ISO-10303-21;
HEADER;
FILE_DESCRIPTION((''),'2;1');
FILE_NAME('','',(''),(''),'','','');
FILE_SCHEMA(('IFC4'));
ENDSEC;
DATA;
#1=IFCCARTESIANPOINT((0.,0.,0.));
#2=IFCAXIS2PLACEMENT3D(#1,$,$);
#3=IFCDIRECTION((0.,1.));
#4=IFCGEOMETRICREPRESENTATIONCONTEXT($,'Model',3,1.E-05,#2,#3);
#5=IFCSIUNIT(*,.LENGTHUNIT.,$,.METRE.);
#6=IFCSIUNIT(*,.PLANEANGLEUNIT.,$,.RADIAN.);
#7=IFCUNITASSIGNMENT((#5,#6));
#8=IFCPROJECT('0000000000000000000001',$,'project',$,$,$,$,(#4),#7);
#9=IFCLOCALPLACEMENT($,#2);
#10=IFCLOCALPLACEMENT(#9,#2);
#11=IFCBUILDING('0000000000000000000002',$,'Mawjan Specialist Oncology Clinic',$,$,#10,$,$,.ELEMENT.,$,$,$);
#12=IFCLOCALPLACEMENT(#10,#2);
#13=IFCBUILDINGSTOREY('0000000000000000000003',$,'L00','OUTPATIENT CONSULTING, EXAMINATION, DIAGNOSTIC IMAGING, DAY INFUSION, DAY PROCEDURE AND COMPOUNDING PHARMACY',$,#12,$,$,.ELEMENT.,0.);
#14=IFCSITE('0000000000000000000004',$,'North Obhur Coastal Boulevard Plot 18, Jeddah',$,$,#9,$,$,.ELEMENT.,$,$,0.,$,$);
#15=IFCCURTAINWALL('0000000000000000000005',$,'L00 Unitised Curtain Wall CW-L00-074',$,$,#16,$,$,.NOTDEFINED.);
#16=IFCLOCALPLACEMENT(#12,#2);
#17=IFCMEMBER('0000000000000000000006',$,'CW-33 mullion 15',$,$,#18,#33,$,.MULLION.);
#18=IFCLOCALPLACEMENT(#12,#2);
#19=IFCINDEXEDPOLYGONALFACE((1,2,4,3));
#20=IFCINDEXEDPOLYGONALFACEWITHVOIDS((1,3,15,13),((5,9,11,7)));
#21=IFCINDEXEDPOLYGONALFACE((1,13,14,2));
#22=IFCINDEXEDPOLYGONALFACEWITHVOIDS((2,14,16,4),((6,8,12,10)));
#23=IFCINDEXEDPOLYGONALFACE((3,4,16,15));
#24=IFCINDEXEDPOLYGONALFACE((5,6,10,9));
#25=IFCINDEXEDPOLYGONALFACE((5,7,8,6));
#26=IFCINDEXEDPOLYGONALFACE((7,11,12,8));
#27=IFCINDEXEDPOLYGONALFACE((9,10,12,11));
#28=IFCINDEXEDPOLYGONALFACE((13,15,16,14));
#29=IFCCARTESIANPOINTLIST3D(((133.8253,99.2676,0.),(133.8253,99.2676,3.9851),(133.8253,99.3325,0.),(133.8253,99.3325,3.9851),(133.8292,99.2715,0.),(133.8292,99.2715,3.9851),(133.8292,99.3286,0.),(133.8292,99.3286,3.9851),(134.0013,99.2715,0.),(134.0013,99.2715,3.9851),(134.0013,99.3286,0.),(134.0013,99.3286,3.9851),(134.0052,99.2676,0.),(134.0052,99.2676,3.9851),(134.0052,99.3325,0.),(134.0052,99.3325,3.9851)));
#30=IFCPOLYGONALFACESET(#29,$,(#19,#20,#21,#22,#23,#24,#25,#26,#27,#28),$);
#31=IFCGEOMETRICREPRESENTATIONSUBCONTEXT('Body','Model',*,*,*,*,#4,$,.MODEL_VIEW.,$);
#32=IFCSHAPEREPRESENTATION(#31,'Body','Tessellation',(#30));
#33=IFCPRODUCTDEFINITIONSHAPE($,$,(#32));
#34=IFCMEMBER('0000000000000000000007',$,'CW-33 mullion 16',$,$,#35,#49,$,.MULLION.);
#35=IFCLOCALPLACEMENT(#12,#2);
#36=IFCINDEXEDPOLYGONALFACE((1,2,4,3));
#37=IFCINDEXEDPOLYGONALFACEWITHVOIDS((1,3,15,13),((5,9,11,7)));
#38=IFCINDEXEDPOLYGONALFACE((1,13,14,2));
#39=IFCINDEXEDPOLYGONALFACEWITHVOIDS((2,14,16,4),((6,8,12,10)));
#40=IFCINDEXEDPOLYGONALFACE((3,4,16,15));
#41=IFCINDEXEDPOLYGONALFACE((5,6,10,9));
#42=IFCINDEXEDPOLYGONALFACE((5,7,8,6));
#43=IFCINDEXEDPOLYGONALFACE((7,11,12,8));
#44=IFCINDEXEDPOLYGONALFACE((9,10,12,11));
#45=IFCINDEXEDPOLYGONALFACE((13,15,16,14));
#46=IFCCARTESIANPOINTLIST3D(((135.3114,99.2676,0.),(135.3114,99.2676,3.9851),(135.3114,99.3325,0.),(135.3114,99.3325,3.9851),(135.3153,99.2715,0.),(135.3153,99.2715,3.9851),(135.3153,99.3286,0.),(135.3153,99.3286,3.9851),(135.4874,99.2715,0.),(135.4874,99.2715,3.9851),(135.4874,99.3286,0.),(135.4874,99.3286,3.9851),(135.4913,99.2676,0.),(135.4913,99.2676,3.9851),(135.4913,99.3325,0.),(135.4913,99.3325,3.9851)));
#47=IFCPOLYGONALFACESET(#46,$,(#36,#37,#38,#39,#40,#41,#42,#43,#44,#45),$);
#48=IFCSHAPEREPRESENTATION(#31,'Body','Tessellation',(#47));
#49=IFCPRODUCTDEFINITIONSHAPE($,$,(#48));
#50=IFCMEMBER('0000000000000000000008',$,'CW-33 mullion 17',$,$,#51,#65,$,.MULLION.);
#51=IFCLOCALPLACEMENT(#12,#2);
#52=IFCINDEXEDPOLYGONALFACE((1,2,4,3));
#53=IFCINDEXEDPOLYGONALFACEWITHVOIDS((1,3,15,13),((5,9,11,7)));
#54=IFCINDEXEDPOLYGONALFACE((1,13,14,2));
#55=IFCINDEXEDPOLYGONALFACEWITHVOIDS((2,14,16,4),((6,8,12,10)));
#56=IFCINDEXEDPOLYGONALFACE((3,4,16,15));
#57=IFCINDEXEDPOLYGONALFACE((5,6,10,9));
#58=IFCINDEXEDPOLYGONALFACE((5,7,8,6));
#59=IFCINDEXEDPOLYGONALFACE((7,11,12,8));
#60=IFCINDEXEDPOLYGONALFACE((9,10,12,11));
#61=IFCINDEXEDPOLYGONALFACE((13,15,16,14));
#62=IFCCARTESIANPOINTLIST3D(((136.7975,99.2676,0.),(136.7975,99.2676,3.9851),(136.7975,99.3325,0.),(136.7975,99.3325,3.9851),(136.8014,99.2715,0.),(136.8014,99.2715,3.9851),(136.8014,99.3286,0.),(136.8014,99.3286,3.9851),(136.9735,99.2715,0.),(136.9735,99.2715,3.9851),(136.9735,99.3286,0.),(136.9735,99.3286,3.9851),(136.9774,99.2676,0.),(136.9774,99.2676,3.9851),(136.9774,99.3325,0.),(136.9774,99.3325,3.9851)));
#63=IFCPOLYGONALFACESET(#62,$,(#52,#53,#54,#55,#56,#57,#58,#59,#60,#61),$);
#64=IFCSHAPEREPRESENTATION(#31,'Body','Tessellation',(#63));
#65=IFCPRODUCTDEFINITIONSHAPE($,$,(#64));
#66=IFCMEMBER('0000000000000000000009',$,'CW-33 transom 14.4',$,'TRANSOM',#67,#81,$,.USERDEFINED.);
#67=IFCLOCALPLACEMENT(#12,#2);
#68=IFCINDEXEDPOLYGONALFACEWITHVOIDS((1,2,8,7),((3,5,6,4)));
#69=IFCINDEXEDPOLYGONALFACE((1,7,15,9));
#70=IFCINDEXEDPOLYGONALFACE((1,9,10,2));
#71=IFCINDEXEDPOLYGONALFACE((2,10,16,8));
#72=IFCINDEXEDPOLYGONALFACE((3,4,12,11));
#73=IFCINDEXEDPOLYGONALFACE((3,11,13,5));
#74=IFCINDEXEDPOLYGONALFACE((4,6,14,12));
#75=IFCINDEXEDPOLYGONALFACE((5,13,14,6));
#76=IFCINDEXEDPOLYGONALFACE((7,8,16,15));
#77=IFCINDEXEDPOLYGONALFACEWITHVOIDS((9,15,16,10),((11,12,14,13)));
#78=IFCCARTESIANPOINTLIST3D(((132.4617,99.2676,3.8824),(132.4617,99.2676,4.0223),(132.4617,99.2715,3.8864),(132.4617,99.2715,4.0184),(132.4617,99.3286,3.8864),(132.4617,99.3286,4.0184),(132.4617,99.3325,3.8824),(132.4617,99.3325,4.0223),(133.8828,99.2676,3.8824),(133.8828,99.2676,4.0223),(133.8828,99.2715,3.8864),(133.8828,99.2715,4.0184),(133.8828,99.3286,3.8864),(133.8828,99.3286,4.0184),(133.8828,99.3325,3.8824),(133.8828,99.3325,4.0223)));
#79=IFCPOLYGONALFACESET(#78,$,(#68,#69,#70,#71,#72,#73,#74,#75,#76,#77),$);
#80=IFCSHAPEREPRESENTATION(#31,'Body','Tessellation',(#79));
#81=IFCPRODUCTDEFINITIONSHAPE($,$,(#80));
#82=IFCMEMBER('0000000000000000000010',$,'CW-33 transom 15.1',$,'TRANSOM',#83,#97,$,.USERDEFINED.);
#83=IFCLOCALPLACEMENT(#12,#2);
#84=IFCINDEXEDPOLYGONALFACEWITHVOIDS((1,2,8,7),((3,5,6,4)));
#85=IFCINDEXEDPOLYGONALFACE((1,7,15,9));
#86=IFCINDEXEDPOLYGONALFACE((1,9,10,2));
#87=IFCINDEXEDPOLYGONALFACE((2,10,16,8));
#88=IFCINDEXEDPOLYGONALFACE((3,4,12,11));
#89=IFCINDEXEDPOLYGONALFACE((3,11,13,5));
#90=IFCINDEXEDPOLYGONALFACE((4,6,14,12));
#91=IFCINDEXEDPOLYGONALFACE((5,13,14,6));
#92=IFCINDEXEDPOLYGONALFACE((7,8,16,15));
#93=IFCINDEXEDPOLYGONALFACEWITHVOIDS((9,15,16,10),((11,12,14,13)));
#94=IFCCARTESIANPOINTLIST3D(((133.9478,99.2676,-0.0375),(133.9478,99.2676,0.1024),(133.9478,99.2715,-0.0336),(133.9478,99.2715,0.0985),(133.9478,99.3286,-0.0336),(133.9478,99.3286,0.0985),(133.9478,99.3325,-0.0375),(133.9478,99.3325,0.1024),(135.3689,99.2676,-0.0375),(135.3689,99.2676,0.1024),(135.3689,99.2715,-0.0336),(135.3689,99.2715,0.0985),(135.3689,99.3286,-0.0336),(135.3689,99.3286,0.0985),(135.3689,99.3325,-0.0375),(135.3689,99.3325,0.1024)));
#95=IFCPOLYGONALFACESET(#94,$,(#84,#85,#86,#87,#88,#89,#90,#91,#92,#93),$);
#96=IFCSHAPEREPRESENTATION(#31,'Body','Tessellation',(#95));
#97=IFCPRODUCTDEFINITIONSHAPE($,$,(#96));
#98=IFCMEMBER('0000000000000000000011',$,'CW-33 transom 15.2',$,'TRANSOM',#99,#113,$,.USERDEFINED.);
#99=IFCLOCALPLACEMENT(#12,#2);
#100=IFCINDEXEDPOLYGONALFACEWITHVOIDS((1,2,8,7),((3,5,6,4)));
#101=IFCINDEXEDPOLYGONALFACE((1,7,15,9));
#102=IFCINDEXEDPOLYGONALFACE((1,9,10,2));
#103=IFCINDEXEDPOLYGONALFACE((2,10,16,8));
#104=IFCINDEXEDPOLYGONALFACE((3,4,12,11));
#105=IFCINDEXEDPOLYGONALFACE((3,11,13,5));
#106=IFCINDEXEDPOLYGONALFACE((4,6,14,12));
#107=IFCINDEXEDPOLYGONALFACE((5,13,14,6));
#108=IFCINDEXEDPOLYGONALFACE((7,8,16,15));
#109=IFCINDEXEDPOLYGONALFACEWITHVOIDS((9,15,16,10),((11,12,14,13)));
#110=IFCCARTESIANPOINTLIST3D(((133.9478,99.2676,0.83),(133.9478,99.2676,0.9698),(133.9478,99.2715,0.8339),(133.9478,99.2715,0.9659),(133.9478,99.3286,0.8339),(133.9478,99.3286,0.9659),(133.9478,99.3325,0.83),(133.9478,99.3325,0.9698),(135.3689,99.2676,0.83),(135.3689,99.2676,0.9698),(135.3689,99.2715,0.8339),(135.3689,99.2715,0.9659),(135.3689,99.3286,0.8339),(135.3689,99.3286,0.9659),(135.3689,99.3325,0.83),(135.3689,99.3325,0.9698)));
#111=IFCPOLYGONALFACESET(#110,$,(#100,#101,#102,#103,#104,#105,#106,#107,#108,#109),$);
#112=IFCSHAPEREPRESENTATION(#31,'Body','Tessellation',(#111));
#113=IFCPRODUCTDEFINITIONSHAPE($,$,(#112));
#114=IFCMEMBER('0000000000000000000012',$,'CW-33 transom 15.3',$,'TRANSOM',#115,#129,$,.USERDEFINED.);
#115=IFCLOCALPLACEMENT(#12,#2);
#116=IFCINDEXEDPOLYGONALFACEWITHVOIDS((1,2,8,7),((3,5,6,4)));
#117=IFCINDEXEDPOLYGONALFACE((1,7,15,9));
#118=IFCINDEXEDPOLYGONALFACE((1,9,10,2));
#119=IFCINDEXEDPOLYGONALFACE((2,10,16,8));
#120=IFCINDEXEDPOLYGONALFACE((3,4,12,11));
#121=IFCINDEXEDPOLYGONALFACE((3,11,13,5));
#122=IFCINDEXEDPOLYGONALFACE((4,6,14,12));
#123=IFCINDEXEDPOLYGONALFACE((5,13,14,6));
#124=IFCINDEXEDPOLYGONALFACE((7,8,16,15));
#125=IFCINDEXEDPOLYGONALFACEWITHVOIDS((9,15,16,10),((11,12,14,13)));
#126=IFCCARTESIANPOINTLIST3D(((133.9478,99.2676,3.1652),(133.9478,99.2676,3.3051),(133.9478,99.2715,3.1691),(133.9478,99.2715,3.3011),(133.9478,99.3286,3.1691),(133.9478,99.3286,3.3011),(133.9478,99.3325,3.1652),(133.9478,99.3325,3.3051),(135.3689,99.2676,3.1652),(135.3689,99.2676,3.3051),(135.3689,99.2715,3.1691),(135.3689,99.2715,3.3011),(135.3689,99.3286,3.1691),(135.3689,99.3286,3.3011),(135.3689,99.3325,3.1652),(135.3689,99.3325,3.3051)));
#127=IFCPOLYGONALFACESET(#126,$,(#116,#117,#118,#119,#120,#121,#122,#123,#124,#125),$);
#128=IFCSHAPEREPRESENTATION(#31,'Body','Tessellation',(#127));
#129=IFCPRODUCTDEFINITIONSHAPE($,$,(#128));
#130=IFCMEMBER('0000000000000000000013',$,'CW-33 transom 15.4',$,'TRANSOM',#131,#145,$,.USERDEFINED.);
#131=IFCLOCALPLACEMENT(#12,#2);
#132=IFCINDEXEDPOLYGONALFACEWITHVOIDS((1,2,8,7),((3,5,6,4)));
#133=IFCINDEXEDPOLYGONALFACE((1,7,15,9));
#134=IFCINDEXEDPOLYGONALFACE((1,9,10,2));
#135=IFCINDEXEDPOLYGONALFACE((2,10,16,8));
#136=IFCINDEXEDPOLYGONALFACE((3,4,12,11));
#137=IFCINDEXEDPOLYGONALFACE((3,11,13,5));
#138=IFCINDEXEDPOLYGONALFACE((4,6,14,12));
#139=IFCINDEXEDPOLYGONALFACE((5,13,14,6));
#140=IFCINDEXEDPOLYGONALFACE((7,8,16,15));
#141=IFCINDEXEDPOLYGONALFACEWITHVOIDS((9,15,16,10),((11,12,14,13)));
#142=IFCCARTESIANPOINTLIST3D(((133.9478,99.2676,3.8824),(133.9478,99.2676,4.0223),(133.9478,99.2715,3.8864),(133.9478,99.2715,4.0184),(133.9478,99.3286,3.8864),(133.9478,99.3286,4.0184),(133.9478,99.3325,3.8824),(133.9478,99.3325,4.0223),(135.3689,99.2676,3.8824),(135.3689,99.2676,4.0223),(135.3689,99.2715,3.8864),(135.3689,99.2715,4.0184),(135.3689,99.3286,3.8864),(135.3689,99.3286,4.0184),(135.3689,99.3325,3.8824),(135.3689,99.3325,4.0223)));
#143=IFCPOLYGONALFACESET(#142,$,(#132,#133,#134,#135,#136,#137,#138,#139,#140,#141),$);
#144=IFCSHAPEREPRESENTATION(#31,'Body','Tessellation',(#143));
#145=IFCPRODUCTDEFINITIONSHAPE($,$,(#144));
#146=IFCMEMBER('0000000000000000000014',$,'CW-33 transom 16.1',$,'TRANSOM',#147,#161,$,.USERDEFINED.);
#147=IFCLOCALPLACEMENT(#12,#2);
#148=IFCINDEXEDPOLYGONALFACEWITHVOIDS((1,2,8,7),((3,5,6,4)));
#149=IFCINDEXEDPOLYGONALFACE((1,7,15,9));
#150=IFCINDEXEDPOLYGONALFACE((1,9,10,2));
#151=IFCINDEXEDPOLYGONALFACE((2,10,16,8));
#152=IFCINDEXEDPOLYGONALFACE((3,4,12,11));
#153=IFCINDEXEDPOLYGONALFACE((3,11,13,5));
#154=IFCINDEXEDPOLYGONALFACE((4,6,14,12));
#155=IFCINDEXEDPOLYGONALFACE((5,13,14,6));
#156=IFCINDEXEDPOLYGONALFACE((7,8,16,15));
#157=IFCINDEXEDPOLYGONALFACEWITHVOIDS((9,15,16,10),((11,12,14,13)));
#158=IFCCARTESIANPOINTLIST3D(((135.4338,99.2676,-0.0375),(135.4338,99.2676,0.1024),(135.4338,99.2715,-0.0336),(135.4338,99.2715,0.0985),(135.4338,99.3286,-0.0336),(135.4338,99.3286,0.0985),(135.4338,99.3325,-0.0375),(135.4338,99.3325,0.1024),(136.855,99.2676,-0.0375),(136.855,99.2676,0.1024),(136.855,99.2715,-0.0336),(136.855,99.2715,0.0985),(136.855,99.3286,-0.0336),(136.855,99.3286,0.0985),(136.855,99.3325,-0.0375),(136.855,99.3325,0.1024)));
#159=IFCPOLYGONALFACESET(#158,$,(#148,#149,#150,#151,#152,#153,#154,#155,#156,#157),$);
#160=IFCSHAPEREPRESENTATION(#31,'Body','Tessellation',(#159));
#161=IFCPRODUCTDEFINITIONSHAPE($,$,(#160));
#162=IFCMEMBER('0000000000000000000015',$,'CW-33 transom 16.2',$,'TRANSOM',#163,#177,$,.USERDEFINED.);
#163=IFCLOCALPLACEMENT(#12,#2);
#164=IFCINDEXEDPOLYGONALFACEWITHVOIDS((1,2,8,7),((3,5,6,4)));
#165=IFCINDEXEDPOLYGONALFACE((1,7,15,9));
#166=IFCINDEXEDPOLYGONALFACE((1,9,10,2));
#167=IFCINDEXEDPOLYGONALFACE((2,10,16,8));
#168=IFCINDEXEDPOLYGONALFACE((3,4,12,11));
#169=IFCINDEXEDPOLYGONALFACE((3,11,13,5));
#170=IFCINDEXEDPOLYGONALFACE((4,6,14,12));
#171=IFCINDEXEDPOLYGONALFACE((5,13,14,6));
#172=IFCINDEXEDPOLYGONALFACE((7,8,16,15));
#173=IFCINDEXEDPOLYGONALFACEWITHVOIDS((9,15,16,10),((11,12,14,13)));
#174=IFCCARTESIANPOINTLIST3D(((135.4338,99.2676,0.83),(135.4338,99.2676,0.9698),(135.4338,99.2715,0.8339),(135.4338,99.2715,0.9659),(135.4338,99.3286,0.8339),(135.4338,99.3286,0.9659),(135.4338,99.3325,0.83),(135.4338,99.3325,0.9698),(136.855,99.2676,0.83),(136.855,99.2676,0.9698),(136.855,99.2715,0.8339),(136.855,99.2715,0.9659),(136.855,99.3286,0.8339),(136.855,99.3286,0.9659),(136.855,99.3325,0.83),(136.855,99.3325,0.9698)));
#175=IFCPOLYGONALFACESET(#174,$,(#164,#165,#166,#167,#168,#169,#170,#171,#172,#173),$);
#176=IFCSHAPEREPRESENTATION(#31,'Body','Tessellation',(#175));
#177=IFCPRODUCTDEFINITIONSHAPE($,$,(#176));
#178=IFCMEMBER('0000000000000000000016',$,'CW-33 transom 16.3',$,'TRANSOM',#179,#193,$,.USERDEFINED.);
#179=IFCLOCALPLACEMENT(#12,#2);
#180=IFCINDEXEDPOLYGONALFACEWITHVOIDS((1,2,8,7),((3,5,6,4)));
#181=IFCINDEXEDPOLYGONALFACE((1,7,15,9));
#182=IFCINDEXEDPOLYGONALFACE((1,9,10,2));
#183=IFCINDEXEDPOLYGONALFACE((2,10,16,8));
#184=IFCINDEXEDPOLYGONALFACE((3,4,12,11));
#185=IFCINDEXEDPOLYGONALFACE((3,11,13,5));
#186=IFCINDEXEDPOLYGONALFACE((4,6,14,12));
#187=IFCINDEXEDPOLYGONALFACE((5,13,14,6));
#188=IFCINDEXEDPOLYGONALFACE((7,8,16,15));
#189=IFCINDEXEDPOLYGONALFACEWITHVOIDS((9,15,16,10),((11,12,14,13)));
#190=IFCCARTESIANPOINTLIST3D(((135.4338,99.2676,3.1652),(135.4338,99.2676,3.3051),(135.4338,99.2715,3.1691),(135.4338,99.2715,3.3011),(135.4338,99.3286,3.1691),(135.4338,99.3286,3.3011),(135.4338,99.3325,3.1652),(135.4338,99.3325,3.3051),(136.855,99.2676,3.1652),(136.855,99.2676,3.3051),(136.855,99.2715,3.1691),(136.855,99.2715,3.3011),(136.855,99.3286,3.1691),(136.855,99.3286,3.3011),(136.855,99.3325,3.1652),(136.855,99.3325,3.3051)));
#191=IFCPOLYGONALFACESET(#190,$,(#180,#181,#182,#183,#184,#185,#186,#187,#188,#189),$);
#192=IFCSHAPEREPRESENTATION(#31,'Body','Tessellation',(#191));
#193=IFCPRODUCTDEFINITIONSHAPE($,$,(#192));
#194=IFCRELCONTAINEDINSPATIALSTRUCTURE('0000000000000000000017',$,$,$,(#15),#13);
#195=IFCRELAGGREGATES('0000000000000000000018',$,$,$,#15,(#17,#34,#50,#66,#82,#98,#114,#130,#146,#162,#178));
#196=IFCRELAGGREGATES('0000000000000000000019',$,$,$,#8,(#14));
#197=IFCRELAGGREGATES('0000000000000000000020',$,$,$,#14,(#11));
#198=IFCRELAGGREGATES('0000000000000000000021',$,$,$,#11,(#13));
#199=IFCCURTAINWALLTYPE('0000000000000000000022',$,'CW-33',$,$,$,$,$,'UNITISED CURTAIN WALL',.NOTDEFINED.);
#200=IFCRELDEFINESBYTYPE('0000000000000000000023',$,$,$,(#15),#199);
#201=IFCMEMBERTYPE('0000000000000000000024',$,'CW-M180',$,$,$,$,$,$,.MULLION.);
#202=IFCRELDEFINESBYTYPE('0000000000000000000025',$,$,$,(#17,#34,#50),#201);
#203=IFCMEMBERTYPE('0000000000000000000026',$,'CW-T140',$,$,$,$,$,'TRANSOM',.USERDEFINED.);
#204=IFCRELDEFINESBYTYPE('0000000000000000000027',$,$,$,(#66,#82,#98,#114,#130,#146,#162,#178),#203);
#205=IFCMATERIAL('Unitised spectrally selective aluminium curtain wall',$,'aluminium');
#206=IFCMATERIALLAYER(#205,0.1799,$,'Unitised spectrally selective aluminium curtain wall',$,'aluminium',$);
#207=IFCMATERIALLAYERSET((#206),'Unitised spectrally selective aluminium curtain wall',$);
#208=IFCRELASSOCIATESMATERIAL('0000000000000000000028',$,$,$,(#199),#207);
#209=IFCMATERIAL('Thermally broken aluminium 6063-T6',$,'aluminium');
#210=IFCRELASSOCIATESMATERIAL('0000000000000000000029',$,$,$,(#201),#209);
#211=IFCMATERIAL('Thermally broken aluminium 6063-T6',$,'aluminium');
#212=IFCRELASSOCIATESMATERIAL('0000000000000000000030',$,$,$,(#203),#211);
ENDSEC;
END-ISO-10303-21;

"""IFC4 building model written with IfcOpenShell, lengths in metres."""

from ifc_helpers import new_model, si_unit, direction, frame, origin, origin_2d, place, context, subcontext, project, spatial, hollow_rectangle, extrude, material, layer, layer_set, material_profile, profile_set, type_object, element, aggregate, save


model = new_model("IFC4")

# Units and contexts
model_context = context("Model", 3, precision=1e-05, world=origin(), true_north=direction((0.0, 1.0)))
body_context = subcontext(model_context, "Body", "Model", "MODEL_VIEW")
ifc_project = project(units=[si_unit("LENGTHUNIT", "METRE"), si_unit("PLANEANGLEUNIT", "RADIAN")], contexts=[model_context])

# Site, building, storey
site_placement = place(None, origin())
site = spatial("IfcSite", under=ifc_project, at=site_placement, Name="North Obhur Coastal Boulevard Plot 18, Jeddah", CompositionType="ELEMENT", RefElevation=0.0)
building_placement = place(site_placement, origin())
building = spatial("IfcBuilding", under=site, at=building_placement, Name="Mawjan Specialist Oncology Clinic", CompositionType="ELEMENT")
storey_placement = place(building_placement, origin())
storey = spatial("IfcBuildingStorey", under=building, at=storey_placement, Name="L00", Description="OUTPATIENT CONSULTING, EXAMINATION, DIAGNOSTIC IMAGING, DAY INFUSION, DAY PROCEDURE AND COMPOUNDING PHARMACY", CompositionType="ELEMENT", Elevation=0.0)

# Curtain wall, members
ifc_material_1 = material(Name="Unitised spectrally selective aluminium curtain wall", Category="aluminium")
ifc_layer_1 = layer(ifc_material_1, 0.1799, Name="Unitised spectrally selective aluminium curtain wall", Category="aluminium")
ifc_layer_set_1 = layer_set([ifc_layer_1], Name="Unitised spectrally selective aluminium curtain wall")
curtain_wall_type = type_object("IfcCurtainWallType", Name="CW-33", ElementType="UNITISED CURTAIN WALL", PredefinedType="NOTDEFINED", material=ifc_layer_set_1)
curtain_wall_placement = place(storey_placement, origin())
curtain_wall = element("IfcCurtainWall", 1, at=curtain_wall_placement, inside=storey, type_object=curtain_wall_type, Name="L00 Unitised Curtain Wall CW-L00-074", PredefinedType="NOTDEFINED")
ifc_material_2 = material(Name="Thermally broken aluminium 6063-T6", Category="aluminium")
ifc_material_profile_1 = material_profile(ifc_material_2, hollow_rectangle(XDim=0.0649, YDim=0.1799, WallThickness=0.0039, at=origin_2d()), Name="ALU MULLION 180x65x4", Category="aluminium")
ifc_profile_set_1 = profile_set([ifc_material_profile_1], Name="Thermally broken aluminium 6063-T6")
member_type_1 = type_object("IfcMemberType", Name="CW-M180", PredefinedType="MULLION", material=ifc_profile_set_1)
member_1_placement = place(storey_placement, frame((133.9153, 99.3, 0.0), z_axis=(0.0, 0.0, 1.0), x_axis=(0.0, 1.0, 0.0)))
member_1 = element("IfcMember", 2, at=member_1_placement, type_object=member_type_1, Name="CW-33 mullion 15", PredefinedType="MULLION", context=body_context, shape_type="SweptSolid", body=[
    extrude(hollow_rectangle(XDim=0.0649, YDim=0.1799, WallThickness=0.0039, at=origin_2d()), origin(), (0.0, 0.0, 1.0), 3.9851),
])
member_2_placement = place(storey_placement, frame((135.4014, 99.3, 0.0), z_axis=(0.0, 0.0, 1.0), x_axis=(0.0, 1.0, 0.0)))
member_2 = element("IfcMember", 3, at=member_2_placement, type_object=member_type_1, Name="CW-33 mullion 16", PredefinedType="MULLION", context=body_context, shape_type="SweptSolid", body=[
    extrude(hollow_rectangle(XDim=0.0649, YDim=0.1799, WallThickness=0.0039, at=origin_2d()), origin(), (0.0, 0.0, 1.0), 3.9851),
])
member_3_placement = place(storey_placement, frame((136.8875, 99.3, 0.0), z_axis=(0.0, 0.0, 1.0), x_axis=(0.0, 1.0, 0.0)))
member_3 = element("IfcMember", 4, at=member_3_placement, type_object=member_type_1, Name="CW-33 mullion 17", PredefinedType="MULLION", context=body_context, shape_type="SweptSolid", body=[
    extrude(hollow_rectangle(XDim=0.0649, YDim=0.1799, WallThickness=0.0039, at=origin_2d()), origin(), (0.0, 0.0, 1.0), 3.9851),
])
ifc_material_3 = material(Name="Thermally broken aluminium 6063-T6", Category="aluminium")
ifc_material_profile_2 = material_profile(ifc_material_3, hollow_rectangle(XDim=0.0649, YDim=0.1399, WallThickness=0.0039, at=origin_2d()), Name="ALU TRANSOM 140x65x4", Category="aluminium")
ifc_profile_set_2 = profile_set([ifc_material_profile_2], Name="Thermally broken aluminium 6063-T6")
member_type_2 = type_object("IfcMemberType", Name="CW-T140", ElementType="TRANSOM", PredefinedType="USERDEFINED", material=ifc_profile_set_2)
member_4_placement = place(storey_placement, frame((132.4617, 99.3, 3.9524), z_axis=(1.0, 0.0, 0.0), x_axis=(0.0, 1.0, 0.0)))
member_4 = element("IfcMember", 5, at=member_4_placement, type_object=member_type_2, Name="CW-33 transom 14.4", ObjectType="TRANSOM", PredefinedType="USERDEFINED", context=body_context, shape_type="SweptSolid", body=[
    extrude(hollow_rectangle(XDim=0.0649, YDim=0.1399, WallThickness=0.0039, at=origin_2d()), origin(), (0.0, 0.0, 1.0), 1.4211),
])
member_5_placement = place(storey_placement, frame((133.9478, 99.3, 0.0325), z_axis=(1.0, 0.0, 0.0), x_axis=(0.0, 1.0, 0.0)))
member_5 = element("IfcMember", 6, at=member_5_placement, type_object=member_type_2, Name="CW-33 transom 15.1", ObjectType="TRANSOM", PredefinedType="USERDEFINED", context=body_context, shape_type="SweptSolid", body=[
    extrude(hollow_rectangle(XDim=0.0649, YDim=0.1399, WallThickness=0.0039, at=origin_2d()), origin(), (0.0, 0.0, 1.0), 1.4211),
])
member_6_placement = place(storey_placement, frame((133.9478, 99.3, 0.8999), z_axis=(1.0, 0.0, 0.0), x_axis=(0.0, 1.0, 0.0)))
member_6 = element("IfcMember", 7, at=member_6_placement, type_object=member_type_2, Name="CW-33 transom 15.2", ObjectType="TRANSOM", PredefinedType="USERDEFINED", context=body_context, shape_type="SweptSolid", body=[
    extrude(hollow_rectangle(XDim=0.0649, YDim=0.1399, WallThickness=0.0039, at=origin_2d()), origin(), (0.0, 0.0, 1.0), 1.4211),
])
member_7_placement = place(storey_placement, frame((133.9478, 99.3, 3.2351), z_axis=(1.0, 0.0, 0.0), x_axis=(0.0, 1.0, 0.0)))
member_7 = element("IfcMember", 8, at=member_7_placement, type_object=member_type_2, Name="CW-33 transom 15.3", ObjectType="TRANSOM", PredefinedType="USERDEFINED", context=body_context, shape_type="SweptSolid", body=[
    extrude(hollow_rectangle(XDim=0.0649, YDim=0.1399, WallThickness=0.0039, at=origin_2d()), origin(), (0.0, 0.0, 1.0), 1.4211),
])
member_8_placement = place(storey_placement, frame((133.9478, 99.3, 3.9524), z_axis=(1.0, 0.0, 0.0), x_axis=(0.0, 1.0, 0.0)))
member_8 = element("IfcMember", 9, at=member_8_placement, type_object=member_type_2, Name="CW-33 transom 15.4", ObjectType="TRANSOM", PredefinedType="USERDEFINED", context=body_context, shape_type="SweptSolid", body=[
    extrude(hollow_rectangle(XDim=0.0649, YDim=0.1399, WallThickness=0.0039, at=origin_2d()), origin(), (0.0, 0.0, 1.0), 1.4211),
])
member_9_placement = place(storey_placement, frame((135.4338, 99.3, 0.0325), z_axis=(1.0, 0.0, 0.0), x_axis=(0.0, 1.0, 0.0)))
member_9 = element("IfcMember", 10, at=member_9_placement, type_object=member_type_2, Name="CW-33 transom 16.1", ObjectType="TRANSOM", PredefinedType="USERDEFINED", context=body_context, shape_type="SweptSolid", body=[
    extrude(hollow_rectangle(XDim=0.0649, YDim=0.1399, WallThickness=0.0039, at=origin_2d()), origin(), (0.0, 0.0, 1.0), 1.4211),
])
member_10_placement = place(storey_placement, frame((135.4338, 99.3, 0.8999), z_axis=(1.0, 0.0, 0.0), x_axis=(0.0, 1.0, 0.0)))
member_10 = element("IfcMember", 11, at=member_10_placement, type_object=member_type_2, Name="CW-33 transom 16.2", ObjectType="TRANSOM", PredefinedType="USERDEFINED", context=body_context, shape_type="SweptSolid", body=[
    extrude(hollow_rectangle(XDim=0.0649, YDim=0.1399, WallThickness=0.0039, at=origin_2d()), origin(), (0.0, 0.0, 1.0), 1.4211),
])
member_11_placement = place(storey_placement, frame((135.4338, 99.3, 3.2351), z_axis=(1.0, 0.0, 0.0), x_axis=(0.0, 1.0, 0.0)))
member_11 = element("IfcMember", 12, at=member_11_placement, type_object=member_type_2, Name="CW-33 transom 16.3", ObjectType="TRANSOM", PredefinedType="USERDEFINED", context=body_context, shape_type="SweptSolid", body=[
    extrude(hollow_rectangle(XDim=0.0649, YDim=0.1399, WallThickness=0.0039, at=origin_2d()), origin(), (0.0, 0.0, 1.0), 1.4211),
])
aggregate(curtain_wall, [member_1, member_2, member_3, member_4, member_5, member_6, member_7, member_8, member_9, member_10, member_11])

save(model, "model.ifc")
